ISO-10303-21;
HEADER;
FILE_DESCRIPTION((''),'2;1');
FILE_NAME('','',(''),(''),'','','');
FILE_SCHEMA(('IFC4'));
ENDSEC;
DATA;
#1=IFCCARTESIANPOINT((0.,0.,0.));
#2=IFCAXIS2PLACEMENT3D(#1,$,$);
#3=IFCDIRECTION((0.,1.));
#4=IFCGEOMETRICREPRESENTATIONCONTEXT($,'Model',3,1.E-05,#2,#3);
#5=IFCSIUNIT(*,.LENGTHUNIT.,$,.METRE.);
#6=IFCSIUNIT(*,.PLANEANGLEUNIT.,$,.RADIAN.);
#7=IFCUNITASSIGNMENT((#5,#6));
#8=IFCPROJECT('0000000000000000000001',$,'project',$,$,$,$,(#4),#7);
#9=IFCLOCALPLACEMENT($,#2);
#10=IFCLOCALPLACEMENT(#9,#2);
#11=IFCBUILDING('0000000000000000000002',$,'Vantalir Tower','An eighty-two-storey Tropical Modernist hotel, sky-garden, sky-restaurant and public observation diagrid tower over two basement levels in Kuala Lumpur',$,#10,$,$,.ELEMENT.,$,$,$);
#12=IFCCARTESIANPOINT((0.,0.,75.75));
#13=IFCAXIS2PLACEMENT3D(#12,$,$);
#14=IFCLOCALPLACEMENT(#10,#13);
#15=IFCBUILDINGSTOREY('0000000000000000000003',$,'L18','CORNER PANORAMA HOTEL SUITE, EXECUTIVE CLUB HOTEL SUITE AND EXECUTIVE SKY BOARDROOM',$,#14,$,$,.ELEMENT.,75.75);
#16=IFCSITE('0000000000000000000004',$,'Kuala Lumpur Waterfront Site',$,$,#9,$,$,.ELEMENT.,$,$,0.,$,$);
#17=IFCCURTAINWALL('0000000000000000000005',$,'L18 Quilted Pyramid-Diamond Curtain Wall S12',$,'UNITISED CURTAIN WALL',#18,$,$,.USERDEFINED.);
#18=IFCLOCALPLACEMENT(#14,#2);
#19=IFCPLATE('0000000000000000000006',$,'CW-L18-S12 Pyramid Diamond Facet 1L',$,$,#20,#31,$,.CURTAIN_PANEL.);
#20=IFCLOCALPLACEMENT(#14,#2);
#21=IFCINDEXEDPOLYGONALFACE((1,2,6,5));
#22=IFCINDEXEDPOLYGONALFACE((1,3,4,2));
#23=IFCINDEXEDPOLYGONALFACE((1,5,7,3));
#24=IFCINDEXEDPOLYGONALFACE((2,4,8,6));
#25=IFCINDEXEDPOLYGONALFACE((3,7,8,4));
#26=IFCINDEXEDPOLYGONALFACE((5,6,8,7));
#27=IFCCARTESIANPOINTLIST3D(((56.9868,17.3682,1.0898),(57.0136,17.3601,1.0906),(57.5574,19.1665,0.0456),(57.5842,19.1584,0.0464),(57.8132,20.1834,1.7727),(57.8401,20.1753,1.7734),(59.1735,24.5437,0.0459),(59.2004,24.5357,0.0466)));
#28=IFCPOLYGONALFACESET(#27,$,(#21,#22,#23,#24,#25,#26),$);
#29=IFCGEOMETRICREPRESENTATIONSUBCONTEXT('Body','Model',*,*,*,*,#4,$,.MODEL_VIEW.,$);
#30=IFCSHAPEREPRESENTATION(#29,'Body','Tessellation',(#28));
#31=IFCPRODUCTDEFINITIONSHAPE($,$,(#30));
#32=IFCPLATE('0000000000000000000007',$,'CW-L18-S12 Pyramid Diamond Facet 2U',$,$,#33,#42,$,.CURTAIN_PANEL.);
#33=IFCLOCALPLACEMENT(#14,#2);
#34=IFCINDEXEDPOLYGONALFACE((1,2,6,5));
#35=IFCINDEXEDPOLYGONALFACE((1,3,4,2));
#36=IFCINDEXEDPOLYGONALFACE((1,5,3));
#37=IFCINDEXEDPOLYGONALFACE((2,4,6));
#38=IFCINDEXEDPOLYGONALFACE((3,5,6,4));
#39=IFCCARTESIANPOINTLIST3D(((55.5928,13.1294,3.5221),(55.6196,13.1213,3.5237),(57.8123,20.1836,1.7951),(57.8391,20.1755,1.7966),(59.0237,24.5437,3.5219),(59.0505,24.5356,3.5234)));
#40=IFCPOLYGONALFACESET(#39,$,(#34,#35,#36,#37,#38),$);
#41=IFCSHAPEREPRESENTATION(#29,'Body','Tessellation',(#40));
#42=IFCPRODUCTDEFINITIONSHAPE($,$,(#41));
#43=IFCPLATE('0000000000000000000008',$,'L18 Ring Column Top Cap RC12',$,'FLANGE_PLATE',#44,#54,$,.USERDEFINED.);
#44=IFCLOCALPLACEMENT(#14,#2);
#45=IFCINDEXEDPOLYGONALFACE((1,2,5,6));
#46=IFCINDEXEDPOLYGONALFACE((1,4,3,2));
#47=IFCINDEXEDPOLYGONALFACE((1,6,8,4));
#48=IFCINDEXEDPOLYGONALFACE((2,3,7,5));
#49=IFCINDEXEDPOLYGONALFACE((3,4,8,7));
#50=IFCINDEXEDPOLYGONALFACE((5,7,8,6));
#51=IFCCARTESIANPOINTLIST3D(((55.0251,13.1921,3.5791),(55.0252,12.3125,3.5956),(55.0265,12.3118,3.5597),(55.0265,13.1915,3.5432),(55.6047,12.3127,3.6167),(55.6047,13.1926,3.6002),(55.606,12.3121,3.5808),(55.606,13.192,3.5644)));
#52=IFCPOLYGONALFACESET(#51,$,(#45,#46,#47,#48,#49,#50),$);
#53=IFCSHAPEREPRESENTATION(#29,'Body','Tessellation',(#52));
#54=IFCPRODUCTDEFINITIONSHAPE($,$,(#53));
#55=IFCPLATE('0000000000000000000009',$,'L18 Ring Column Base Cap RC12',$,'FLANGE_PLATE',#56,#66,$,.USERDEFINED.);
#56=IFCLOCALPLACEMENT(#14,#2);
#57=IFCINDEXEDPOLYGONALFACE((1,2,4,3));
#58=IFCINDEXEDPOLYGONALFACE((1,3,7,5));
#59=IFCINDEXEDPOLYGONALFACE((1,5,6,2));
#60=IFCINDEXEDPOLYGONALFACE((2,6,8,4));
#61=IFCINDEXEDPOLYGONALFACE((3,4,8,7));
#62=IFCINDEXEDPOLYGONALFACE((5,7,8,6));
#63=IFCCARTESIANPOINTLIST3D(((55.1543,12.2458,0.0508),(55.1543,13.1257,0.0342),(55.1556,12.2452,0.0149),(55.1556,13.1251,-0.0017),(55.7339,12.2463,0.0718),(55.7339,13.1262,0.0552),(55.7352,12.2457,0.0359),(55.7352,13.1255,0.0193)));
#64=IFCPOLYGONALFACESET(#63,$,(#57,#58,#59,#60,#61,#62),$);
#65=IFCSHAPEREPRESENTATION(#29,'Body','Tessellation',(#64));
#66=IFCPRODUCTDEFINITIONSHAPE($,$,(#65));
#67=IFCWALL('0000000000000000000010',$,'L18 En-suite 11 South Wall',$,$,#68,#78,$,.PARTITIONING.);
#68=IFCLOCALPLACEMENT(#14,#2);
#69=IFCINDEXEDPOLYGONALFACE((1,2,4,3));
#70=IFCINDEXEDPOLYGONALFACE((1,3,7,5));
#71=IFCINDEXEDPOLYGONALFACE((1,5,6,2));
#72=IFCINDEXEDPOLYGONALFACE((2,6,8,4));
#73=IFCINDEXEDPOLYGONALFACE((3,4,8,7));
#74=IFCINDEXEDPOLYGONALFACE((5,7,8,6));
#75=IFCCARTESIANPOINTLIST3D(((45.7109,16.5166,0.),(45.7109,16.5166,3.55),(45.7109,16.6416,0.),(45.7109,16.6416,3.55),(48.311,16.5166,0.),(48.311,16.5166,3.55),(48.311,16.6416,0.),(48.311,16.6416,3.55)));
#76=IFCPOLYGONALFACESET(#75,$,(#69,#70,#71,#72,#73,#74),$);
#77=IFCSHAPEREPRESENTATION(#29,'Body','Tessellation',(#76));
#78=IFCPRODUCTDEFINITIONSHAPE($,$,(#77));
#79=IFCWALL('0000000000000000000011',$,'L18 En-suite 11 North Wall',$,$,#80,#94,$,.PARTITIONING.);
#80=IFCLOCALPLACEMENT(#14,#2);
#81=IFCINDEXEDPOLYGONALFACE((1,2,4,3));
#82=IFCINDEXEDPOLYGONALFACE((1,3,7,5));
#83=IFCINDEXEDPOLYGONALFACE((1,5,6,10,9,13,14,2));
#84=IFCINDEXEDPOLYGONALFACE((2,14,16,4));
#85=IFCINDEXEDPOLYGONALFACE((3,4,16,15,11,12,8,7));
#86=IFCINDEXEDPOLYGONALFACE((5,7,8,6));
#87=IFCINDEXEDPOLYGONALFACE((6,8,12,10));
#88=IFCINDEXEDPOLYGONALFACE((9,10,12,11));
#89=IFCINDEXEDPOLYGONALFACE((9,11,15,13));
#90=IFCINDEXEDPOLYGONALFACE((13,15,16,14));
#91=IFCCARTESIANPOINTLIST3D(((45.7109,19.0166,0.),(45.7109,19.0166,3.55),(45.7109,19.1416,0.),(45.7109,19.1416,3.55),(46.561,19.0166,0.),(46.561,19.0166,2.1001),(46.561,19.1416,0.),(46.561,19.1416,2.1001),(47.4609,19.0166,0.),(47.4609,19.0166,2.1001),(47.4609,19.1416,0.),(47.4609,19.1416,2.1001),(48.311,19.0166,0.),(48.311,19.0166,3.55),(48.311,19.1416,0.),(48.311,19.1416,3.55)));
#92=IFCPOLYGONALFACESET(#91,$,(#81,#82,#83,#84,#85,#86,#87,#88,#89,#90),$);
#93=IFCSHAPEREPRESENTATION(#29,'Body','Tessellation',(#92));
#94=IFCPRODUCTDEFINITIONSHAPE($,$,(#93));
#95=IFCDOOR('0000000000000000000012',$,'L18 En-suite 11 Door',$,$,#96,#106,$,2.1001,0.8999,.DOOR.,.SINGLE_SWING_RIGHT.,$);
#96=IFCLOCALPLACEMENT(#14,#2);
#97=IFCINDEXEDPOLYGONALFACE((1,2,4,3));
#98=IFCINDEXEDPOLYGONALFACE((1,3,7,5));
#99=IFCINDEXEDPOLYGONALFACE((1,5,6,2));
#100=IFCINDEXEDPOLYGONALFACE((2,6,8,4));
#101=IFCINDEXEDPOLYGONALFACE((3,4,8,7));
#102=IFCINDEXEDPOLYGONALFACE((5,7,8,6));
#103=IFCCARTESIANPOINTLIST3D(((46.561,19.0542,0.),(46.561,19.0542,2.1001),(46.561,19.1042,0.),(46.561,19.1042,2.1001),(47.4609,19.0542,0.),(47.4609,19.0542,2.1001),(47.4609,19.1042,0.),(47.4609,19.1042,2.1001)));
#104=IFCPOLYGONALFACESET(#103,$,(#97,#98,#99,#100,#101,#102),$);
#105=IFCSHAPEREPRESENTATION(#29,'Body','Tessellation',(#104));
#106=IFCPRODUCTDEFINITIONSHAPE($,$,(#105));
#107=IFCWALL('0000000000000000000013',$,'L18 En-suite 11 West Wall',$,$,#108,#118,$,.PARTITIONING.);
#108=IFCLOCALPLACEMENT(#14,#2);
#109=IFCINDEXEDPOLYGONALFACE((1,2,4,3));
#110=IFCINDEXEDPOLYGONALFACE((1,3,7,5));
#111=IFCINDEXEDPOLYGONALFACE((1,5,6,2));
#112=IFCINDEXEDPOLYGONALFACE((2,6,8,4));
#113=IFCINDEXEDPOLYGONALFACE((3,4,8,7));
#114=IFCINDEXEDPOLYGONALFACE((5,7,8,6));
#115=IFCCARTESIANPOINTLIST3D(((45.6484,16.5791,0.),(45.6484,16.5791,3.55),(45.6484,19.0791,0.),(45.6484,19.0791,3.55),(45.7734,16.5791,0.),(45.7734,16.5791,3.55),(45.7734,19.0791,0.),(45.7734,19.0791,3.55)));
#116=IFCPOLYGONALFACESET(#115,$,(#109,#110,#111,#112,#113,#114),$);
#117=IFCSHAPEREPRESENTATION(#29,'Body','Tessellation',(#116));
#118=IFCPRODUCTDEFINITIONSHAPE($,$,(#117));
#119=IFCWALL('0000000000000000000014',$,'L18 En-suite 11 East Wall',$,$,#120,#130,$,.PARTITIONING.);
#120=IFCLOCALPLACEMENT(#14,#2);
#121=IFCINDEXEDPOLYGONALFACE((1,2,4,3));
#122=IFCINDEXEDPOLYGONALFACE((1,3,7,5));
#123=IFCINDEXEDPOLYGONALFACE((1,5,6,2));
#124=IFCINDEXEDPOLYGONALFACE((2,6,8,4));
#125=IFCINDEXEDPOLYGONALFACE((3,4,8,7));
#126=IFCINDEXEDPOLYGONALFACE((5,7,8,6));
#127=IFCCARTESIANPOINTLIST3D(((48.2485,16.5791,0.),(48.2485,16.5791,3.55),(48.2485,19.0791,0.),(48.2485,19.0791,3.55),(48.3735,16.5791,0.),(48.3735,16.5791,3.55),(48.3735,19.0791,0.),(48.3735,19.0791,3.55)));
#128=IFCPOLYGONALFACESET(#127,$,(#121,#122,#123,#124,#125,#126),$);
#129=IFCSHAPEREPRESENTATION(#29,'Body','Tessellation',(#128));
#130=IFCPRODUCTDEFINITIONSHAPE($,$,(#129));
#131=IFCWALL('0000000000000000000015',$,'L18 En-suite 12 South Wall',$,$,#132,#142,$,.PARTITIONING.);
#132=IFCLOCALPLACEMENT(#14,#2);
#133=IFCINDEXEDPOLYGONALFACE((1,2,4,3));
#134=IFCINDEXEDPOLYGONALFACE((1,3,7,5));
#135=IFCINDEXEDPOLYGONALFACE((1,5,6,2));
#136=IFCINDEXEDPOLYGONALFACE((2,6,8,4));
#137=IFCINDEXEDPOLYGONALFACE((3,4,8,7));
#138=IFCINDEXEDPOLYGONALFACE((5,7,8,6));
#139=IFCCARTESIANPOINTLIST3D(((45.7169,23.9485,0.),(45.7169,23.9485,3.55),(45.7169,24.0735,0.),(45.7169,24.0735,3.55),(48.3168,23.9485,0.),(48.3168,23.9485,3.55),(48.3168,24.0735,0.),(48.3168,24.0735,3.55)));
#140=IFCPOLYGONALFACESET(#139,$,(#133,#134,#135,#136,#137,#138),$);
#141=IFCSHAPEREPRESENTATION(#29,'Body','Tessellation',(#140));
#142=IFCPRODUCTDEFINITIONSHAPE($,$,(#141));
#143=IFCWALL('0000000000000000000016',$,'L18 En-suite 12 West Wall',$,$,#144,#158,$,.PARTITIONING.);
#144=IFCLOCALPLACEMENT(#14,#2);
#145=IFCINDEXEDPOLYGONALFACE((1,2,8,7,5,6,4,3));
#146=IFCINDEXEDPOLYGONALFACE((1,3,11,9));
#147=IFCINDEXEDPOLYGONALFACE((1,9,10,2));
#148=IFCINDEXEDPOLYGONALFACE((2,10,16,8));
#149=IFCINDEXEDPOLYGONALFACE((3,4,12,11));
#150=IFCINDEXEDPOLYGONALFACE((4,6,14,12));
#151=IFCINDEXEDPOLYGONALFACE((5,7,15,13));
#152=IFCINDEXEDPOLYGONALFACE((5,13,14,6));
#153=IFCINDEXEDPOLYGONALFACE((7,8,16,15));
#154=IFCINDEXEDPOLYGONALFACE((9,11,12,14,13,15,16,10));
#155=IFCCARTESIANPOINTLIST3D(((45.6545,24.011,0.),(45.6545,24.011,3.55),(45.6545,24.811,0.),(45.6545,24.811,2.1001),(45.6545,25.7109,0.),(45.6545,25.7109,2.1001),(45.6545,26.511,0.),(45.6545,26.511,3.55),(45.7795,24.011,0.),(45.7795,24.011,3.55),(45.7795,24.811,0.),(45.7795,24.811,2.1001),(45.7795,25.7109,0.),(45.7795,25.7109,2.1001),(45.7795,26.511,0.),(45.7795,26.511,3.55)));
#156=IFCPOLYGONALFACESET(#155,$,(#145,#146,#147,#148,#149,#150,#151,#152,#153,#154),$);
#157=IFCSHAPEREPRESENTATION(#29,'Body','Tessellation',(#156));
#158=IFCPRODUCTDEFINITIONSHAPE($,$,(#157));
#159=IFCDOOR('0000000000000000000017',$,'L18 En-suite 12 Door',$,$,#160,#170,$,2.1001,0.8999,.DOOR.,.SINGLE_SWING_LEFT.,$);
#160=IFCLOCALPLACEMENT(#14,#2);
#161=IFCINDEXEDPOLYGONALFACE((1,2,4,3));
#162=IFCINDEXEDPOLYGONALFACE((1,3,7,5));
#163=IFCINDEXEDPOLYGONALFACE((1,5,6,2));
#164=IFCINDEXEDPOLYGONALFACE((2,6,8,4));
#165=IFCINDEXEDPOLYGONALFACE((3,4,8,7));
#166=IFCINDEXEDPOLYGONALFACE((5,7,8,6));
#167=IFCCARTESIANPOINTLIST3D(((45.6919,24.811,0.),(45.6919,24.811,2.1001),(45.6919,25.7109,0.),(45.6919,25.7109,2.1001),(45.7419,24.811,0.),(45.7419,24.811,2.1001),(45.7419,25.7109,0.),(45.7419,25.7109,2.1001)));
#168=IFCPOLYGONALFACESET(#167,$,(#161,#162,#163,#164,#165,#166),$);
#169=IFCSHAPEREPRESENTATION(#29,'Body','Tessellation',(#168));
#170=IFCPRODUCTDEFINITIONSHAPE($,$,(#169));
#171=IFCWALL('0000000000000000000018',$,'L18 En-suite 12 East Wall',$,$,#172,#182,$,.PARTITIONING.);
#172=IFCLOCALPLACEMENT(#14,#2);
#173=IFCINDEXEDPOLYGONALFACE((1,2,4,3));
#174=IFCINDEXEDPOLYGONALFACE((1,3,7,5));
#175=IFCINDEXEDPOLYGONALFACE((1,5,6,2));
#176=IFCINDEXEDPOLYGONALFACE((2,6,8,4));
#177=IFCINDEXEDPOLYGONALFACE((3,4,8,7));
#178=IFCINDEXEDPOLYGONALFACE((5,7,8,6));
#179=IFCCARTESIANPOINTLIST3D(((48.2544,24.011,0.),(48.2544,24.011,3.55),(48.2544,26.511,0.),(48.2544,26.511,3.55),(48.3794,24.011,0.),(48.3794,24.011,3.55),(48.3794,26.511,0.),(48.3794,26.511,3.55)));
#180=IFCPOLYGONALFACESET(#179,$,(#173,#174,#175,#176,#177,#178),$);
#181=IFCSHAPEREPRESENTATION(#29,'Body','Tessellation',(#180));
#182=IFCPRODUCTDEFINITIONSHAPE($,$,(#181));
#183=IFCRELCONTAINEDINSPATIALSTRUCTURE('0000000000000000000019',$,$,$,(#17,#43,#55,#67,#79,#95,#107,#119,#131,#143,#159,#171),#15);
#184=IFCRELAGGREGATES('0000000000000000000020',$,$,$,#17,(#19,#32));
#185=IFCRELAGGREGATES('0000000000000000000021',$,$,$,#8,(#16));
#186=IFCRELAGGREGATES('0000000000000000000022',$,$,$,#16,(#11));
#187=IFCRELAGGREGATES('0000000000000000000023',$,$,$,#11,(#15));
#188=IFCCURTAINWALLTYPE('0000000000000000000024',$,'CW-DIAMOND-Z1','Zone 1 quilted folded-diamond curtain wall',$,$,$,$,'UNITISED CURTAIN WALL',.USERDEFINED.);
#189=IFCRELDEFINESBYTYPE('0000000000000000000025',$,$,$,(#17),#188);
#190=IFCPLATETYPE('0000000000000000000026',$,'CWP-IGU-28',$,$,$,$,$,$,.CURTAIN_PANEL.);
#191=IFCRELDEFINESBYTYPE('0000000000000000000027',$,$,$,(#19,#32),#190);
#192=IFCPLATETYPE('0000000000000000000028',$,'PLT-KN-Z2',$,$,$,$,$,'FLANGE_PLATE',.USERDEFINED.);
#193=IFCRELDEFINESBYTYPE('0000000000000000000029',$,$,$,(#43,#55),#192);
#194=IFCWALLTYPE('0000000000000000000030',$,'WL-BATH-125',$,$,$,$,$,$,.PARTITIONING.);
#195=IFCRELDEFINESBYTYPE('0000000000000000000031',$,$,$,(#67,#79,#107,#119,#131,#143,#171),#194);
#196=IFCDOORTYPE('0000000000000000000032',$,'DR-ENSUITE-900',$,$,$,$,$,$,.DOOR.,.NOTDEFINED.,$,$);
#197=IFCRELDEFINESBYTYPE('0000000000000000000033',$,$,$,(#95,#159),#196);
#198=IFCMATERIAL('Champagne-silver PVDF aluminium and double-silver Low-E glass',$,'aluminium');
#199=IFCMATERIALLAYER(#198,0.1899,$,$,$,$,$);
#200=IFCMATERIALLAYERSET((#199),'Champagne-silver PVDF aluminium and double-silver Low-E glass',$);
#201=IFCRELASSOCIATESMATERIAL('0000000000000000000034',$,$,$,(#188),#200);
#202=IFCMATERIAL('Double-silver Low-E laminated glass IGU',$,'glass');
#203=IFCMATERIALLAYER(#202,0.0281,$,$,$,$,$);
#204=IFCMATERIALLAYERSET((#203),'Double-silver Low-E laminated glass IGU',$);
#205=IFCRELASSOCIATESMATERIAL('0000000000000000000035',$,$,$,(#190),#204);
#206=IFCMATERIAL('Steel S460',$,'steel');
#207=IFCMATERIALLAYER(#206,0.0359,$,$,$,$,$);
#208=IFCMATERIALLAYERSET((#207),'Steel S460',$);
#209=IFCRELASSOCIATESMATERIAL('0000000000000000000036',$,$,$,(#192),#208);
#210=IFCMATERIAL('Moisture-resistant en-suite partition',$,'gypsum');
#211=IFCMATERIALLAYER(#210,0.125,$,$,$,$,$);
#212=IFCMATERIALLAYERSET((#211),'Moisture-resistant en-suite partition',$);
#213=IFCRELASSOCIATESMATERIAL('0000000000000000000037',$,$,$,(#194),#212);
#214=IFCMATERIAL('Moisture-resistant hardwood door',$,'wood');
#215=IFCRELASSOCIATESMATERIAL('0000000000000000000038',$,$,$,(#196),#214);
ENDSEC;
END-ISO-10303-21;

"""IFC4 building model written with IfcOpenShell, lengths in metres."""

from ifc_helpers import new_model, si_unit, direction, frame, frame_2d, origin, place, context, subcontext, project, spatial, polyline, rectangle, outline, extrude, material, layer, layer_set, type_object, element, fill, aggregate, save


model = new_model("IFC4")

# Units and contexts
model_context = context("Model", 3, precision=1e-05, world=origin(), true_north=direction((0.0, 1.0)))
body_context = subcontext(model_context, "Body", "Model", "MODEL_VIEW")
ifc_project = project(units=[si_unit("LENGTHUNIT", "METRE"), si_unit("PLANEANGLEUNIT", "RADIAN")], contexts=[model_context])

# Site, building, storey
site_placement = place(None, origin())
site = spatial("IfcSite", under=ifc_project, at=site_placement, Name="Kuala Lumpur Waterfront Site", CompositionType="ELEMENT", RefElevation=0.0)
building_placement = place(site_placement, origin())
building = spatial("IfcBuilding", under=site, at=building_placement, Name="Vantalir Tower", Description="An eighty-two-storey Tropical Modernist hotel, sky-garden, sky-restaurant and public observation diagrid tower over two basement levels in Kuala Lumpur", CompositionType="ELEMENT")
storey_placement = place(building_placement, frame((0.0, 0.0, 75.75)))
storey = spatial("IfcBuildingStorey", under=building, at=storey_placement, Name="L18", Description="CORNER PANORAMA HOTEL SUITE, EXECUTIVE CLUB HOTEL SUITE AND EXECUTIVE SKY BOARDROOM", CompositionType="ELEMENT", Elevation=75.75)

# Shared definitions
ifc_material_1 = material(Name="Steel S460", Category="steel")

# Curtain wall, plates
ifc_material_2 = material(Name="Champagne-silver PVDF aluminium and double-silver Low-E glass", Category="aluminium")
ifc_layer_1 = layer(ifc_material_2, 0.1899)
ifc_layer_set_1 = layer_set([ifc_layer_1], Name="Champagne-silver PVDF aluminium and double-silver Low-E glass")
curtain_wall_type = type_object("IfcCurtainWallType", Name="CW-DIAMOND-Z1", Description="Zone 1 quilted folded-diamond curtain wall", ElementType="UNITISED CURTAIN WALL", PredefinedType="USERDEFINED", material=ifc_layer_set_1)
curtain_wall_placement = place(storey_placement, origin())
curtain_wall = element("IfcCurtainWall", 1, at=curtain_wall_placement, inside=storey, type_object=curtain_wall_type, Name="L18 Quilted Pyramid-Diamond Curtain Wall S12", ObjectType="UNITISED CURTAIN WALL", PredefinedType="USERDEFINED")
ifc_material_3 = material(Name="Double-silver Low-E laminated glass IGU", Category="glass")
ifc_layer_2 = layer(ifc_material_3, 0.0281)
ifc_layer_set_2 = layer_set([ifc_layer_2], Name="Double-silver Low-E laminated glass IGU")
plate_type_1 = type_object("IfcPlateType", Name="CWP-IGU-28", PredefinedType="CURTAIN_PANEL", material=ifc_layer_set_2)
plate_1_placement = place(storey_placement, frame((57.5842, 19.1584, 0.0464), z_axis=(0.957314, -0.287731, 0.027585), x_axis=(0.28784, 0.957679, 0.000043)))
plate_1 = element("IfcPlate", 2, at=plate_1_placement, type_object=plate_type_1, Name="CW-L18-S12 Pyramid Diamond Facet 1L", PredefinedType="CURTAIN_PANEL", context=body_context, shape_type="SweptSolid", body=[
    extrude(outline(polyline([(0.0, 0.0), (5.6148, 0.0), (1.0475, 1.7277), (-1.8864, 1.0447), (0.0, 0.0)])), origin(), (0.0, 0.0, -1.0), 0.0281),
])
plate_2_placement = place(storey_placement, frame((59.0505, 24.5356, 3.5234), z_axis=(0.95623, -0.287422, 0.054893), x_axis=(-0.287857, -0.957673, 0.00002)))
plate_2 = element("IfcPlate", 3, at=plate_2_placement, type_object=plate_type_1, Name="CW-L18-S12 Pyramid Diamond Facet 2U", PredefinedType="CURTAIN_PANEL", context=body_context, shape_type="SweptSolid", body=[
    extrude(outline(polyline([(0.0, 0.0), (11.9188, 0.0), (4.5242, 1.7295), (0.0, 0.0)])), origin(), (0.0, 0.0, -1.0), 0.0281),
])
aggregate(curtain_wall, [plate_1, plate_2])

# Plates
ifc_layer_3 = layer(ifc_material_1, 0.0359)
ifc_layer_set_3 = layer_set([ifc_layer_3], Name="Steel S460")
plate_type_2 = type_object("IfcPlateType", Name="PLT-KN-Z2", ElementType="FLANGE_PLATE", PredefinedType="USERDEFINED", material=ifc_layer_set_3)
plate_3_placement = place(storey_placement, frame((55.0251, 13.1921, 3.5791), z_axis=(-0.036418, 0.018716, 0.999161), x_axis=(0.000005, -0.999825, 0.018729)))
element("IfcPlate", 4, at=plate_3_placement, inside=storey, type_object=plate_type_2, Name="L18 Ring Column Top Cap RC12", ObjectType="FLANGE_PLATE", PredefinedType="USERDEFINED", context=body_context, shape_type="SweptSolid", body=[
    extrude(outline(polyline([(0.0, 0.0), (0.8798, 0.0), (0.8799, 0.58), (-0.0001, 0.58), (0.0, 0.0)])), origin(), (0.0, 0.0, -1.0), 0.0359),
])
plate_4_placement = place(storey_placement, frame((55.1543, 13.1257, 0.0342), z_axis=(-0.036211, 0.018852, 0.999166), x_axis=(0.0, -0.999822, 0.018865)))
element("IfcPlate", 5, at=plate_4_placement, inside=storey, type_object=plate_type_2, Name="L18 Ring Column Base Cap RC12", ObjectType="FLANGE_PLATE", PredefinedType="USERDEFINED", context=body_context, shape_type="SweptSolid", body=[
    extrude(outline(polyline([(0.0, 0.0), (0.88, 0.0), (0.8799, 0.58), (-0.0001, 0.58), (0.0, 0.0)])), origin(), (0.0, 0.0, -1.0), 0.0359),
])

# Wall
ifc_material_4 = material(Name="Moisture-resistant en-suite partition", Category="gypsum")
ifc_layer_4 = layer(ifc_material_4, 0.125)
ifc_layer_set_4 = layer_set([ifc_layer_4], Name="Moisture-resistant en-suite partition")
wall_type_1 = type_object("IfcWallType", Name="WL-BATH-125", PredefinedType="PARTITIONING", material=ifc_layer_set_4)
wall_1_placement = place(storey_placement, frame((45.7109, 16.5791, 0.0), z_axis=(0.0, 0.0, 1.0), x_axis=(1.0, 0.0, 0.0)))
element("IfcWall", 6, at=wall_1_placement, inside=storey, type_object=wall_type_1, Name="L18 En-suite 11 South Wall", PredefinedType="PARTITIONING", context=body_context, shape_type="SweptSolid", body=[
    extrude(rectangle(XDim=2.6001, YDim=0.125, at=frame_2d((1.3, 0.0))), origin(), (0.0, 0.0, 1.0), 3.55),
])

# Wall, opening, door
wall_2_placement = place(storey_placement, frame((45.7109, 19.0791, 0.0), z_axis=(0.0, 0.0, 1.0), x_axis=(1.0, 0.0, 0.0)))
wall_2 = element("IfcWall", 7, at=wall_2_placement, inside=storey, type_object=wall_type_1, Name="L18 En-suite 11 North Wall", PredefinedType="PARTITIONING", context=body_context, shape_type="SweptSolid", body=[
    extrude(rectangle(XDim=2.6001, YDim=0.125, at=frame_2d((1.3, 0.0))), origin(), (0.0, 0.0, 1.0), 3.55),
])
opening_1_placement = place(wall_2_placement, frame((0.8501, 0.0, 0.0)))
opening_1 = element("IfcOpeningElement", 8, at=opening_1_placement, cuts=wall_2, PredefinedType="OPENING", context=body_context, shape_type="SweptSolid", body=[
    extrude(rectangle(XDim=0.8999, YDim=2.1001, at=frame_2d((0.45, 1.05))), frame((0.0, 0.0725, 0.0), z_axis=(0.0, -1.0, 0.0), x_axis=(1.0, 0.0, 0.0)), (0.0, 0.0, 1.0), 0.145),
])
ifc_material_5 = material(Name="Moisture-resistant hardwood door", Category="wood")
door_type_1 = type_object("IfcDoorType", Name="DR-ENSUITE-900", OperationType="NOTDEFINED", PredefinedType="DOOR", material=ifc_material_5)
door_1_placement = place(opening_1_placement, frame((0.8999, 0.0, 0.0), z_axis=(0.0, 0.0, 1.0), x_axis=(-1.0, 0.0, 0.0)))
door_1 = element("IfcDoor", 9, at=door_1_placement, inside=storey, type_object=door_type_1, Name="L18 En-suite 11 Door", OperationType="SINGLE_SWING_RIGHT", OverallHeight=2.1001, OverallWidth=0.8999, PredefinedType="DOOR", context=body_context, shape_type="SweptSolid", body=[
    extrude(rectangle(XDim=0.8999, YDim=2.1001, at=frame_2d((0.45, 1.05))), frame((0.0, 0.0249, 0.0), z_axis=(0.0, -1.0, 0.0), x_axis=(1.0, 0.0, 0.0)), (0.0, 0.0, 1.0), 0.05),
])
fill(opening_1, door_1)

# Walls
for number, where, z_axis, x_axis, name in (
    (10, (45.7109, 16.5791, 0.0), (0.0, 0.0, 1.0), (0.0, 1.0, 0.0), "L18 En-suite 11 West Wall"),
    (11, (48.311, 16.5791, 0.0), (0.0, 0.0, 1.0), (0.0, 1.0, 0.0), "L18 En-suite 11 East Wall"),
):
    element("IfcWall", number, at=place(storey_placement, frame(where, z_axis=z_axis, x_axis=x_axis)), inside=storey, type_object=wall_type_1, Name=name, PredefinedType="PARTITIONING", context=body_context, shape_type="SweptSolid", body=[
        extrude(rectangle(XDim=2.5, YDim=0.125, at=frame_2d((1.25, 0.0))), origin(), (0.0, 0.0, 1.0), 3.55),
    ])
wall_3_placement = place(storey_placement, frame((45.717, 24.011, 0.0), z_axis=(0.0, 0.0, 1.0), x_axis=(1.0, 0.0, 0.0)))
element("IfcWall", 12, at=wall_3_placement, inside=storey, type_object=wall_type_1, Name="L18 En-suite 12 South Wall", PredefinedType="PARTITIONING", context=body_context, shape_type="SweptSolid", body=[
    extrude(rectangle(XDim=2.5999, YDim=0.125, at=frame_2d((1.2998, 0.0))), origin(), (0.0, 0.0, 1.0), 3.55),
])

# Wall, opening, door
wall_4_placement = place(storey_placement, frame((45.717, 24.011, 0.0), z_axis=(0.0, 0.0, 1.0), x_axis=(0.0, 1.0, 0.0)))
wall_4 = element("IfcWall", 13, at=wall_4_placement, inside=storey, type_object=wall_type_1, Name="L18 En-suite 12 West Wall", PredefinedType="PARTITIONING", context=body_context, shape_type="SweptSolid", body=[
    extrude(rectangle(XDim=2.5, YDim=0.125, at=frame_2d((1.25, 0.0))), origin(), (0.0, 0.0, 1.0), 3.55),
])
opening_2_placement = place(wall_4_placement, frame((0.8, 0.0, 0.0)))
opening_2 = element("IfcOpeningElement", 14, at=opening_2_placement, cuts=wall_4, PredefinedType="OPENING", context=body_context, shape_type="SweptSolid", body=[
    extrude(rectangle(XDim=0.8999, YDim=2.1001, at=frame_2d((0.45, 1.05))), frame((0.0, 0.0725, 0.0), z_axis=(0.0, -1.0, 0.0), x_axis=(1.0, 0.0, 0.0)), (0.0, 0.0, 1.0), 0.145),
])
door_2_placement = place(opening_2_placement, frame((0.8999, 0.0, 0.0), z_axis=(0.0, 0.0, 1.0), x_axis=(-1.0, 0.0, 0.0)))
door_2 = element("IfcDoor", 15, at=door_2_placement, inside=storey, type_object=door_type_1, Name="L18 En-suite 12 Door", OperationType="SINGLE_SWING_LEFT", OverallHeight=2.1001, OverallWidth=0.8999, PredefinedType="DOOR", context=body_context, shape_type="SweptSolid", body=[
    extrude(rectangle(XDim=0.8999, YDim=2.1001, at=frame_2d((0.45, 1.05))), frame((0.0, 0.0249, 0.0), z_axis=(0.0, -1.0, 0.0), x_axis=(1.0, 0.0, 0.0)), (0.0, 0.0, 1.0), 0.05),
])
fill(opening_2, door_2)

# Wall
wall_5_placement = place(storey_placement, frame((48.3169, 24.011, 0.0), z_axis=(0.0, 0.0, 1.0), x_axis=(0.0, 1.0, 0.0)))
element("IfcWall", 16, at=wall_5_placement, inside=storey, type_object=wall_type_1, Name="L18 En-suite 12 East Wall", PredefinedType="PARTITIONING", context=body_context, shape_type="SweptSolid", body=[
    extrude(rectangle(XDim=2.5, YDim=0.125, at=frame_2d((1.25, 0.0))), origin(), (0.0, 0.0, 1.0), 3.55),
])

save(model, "model.ifc")
